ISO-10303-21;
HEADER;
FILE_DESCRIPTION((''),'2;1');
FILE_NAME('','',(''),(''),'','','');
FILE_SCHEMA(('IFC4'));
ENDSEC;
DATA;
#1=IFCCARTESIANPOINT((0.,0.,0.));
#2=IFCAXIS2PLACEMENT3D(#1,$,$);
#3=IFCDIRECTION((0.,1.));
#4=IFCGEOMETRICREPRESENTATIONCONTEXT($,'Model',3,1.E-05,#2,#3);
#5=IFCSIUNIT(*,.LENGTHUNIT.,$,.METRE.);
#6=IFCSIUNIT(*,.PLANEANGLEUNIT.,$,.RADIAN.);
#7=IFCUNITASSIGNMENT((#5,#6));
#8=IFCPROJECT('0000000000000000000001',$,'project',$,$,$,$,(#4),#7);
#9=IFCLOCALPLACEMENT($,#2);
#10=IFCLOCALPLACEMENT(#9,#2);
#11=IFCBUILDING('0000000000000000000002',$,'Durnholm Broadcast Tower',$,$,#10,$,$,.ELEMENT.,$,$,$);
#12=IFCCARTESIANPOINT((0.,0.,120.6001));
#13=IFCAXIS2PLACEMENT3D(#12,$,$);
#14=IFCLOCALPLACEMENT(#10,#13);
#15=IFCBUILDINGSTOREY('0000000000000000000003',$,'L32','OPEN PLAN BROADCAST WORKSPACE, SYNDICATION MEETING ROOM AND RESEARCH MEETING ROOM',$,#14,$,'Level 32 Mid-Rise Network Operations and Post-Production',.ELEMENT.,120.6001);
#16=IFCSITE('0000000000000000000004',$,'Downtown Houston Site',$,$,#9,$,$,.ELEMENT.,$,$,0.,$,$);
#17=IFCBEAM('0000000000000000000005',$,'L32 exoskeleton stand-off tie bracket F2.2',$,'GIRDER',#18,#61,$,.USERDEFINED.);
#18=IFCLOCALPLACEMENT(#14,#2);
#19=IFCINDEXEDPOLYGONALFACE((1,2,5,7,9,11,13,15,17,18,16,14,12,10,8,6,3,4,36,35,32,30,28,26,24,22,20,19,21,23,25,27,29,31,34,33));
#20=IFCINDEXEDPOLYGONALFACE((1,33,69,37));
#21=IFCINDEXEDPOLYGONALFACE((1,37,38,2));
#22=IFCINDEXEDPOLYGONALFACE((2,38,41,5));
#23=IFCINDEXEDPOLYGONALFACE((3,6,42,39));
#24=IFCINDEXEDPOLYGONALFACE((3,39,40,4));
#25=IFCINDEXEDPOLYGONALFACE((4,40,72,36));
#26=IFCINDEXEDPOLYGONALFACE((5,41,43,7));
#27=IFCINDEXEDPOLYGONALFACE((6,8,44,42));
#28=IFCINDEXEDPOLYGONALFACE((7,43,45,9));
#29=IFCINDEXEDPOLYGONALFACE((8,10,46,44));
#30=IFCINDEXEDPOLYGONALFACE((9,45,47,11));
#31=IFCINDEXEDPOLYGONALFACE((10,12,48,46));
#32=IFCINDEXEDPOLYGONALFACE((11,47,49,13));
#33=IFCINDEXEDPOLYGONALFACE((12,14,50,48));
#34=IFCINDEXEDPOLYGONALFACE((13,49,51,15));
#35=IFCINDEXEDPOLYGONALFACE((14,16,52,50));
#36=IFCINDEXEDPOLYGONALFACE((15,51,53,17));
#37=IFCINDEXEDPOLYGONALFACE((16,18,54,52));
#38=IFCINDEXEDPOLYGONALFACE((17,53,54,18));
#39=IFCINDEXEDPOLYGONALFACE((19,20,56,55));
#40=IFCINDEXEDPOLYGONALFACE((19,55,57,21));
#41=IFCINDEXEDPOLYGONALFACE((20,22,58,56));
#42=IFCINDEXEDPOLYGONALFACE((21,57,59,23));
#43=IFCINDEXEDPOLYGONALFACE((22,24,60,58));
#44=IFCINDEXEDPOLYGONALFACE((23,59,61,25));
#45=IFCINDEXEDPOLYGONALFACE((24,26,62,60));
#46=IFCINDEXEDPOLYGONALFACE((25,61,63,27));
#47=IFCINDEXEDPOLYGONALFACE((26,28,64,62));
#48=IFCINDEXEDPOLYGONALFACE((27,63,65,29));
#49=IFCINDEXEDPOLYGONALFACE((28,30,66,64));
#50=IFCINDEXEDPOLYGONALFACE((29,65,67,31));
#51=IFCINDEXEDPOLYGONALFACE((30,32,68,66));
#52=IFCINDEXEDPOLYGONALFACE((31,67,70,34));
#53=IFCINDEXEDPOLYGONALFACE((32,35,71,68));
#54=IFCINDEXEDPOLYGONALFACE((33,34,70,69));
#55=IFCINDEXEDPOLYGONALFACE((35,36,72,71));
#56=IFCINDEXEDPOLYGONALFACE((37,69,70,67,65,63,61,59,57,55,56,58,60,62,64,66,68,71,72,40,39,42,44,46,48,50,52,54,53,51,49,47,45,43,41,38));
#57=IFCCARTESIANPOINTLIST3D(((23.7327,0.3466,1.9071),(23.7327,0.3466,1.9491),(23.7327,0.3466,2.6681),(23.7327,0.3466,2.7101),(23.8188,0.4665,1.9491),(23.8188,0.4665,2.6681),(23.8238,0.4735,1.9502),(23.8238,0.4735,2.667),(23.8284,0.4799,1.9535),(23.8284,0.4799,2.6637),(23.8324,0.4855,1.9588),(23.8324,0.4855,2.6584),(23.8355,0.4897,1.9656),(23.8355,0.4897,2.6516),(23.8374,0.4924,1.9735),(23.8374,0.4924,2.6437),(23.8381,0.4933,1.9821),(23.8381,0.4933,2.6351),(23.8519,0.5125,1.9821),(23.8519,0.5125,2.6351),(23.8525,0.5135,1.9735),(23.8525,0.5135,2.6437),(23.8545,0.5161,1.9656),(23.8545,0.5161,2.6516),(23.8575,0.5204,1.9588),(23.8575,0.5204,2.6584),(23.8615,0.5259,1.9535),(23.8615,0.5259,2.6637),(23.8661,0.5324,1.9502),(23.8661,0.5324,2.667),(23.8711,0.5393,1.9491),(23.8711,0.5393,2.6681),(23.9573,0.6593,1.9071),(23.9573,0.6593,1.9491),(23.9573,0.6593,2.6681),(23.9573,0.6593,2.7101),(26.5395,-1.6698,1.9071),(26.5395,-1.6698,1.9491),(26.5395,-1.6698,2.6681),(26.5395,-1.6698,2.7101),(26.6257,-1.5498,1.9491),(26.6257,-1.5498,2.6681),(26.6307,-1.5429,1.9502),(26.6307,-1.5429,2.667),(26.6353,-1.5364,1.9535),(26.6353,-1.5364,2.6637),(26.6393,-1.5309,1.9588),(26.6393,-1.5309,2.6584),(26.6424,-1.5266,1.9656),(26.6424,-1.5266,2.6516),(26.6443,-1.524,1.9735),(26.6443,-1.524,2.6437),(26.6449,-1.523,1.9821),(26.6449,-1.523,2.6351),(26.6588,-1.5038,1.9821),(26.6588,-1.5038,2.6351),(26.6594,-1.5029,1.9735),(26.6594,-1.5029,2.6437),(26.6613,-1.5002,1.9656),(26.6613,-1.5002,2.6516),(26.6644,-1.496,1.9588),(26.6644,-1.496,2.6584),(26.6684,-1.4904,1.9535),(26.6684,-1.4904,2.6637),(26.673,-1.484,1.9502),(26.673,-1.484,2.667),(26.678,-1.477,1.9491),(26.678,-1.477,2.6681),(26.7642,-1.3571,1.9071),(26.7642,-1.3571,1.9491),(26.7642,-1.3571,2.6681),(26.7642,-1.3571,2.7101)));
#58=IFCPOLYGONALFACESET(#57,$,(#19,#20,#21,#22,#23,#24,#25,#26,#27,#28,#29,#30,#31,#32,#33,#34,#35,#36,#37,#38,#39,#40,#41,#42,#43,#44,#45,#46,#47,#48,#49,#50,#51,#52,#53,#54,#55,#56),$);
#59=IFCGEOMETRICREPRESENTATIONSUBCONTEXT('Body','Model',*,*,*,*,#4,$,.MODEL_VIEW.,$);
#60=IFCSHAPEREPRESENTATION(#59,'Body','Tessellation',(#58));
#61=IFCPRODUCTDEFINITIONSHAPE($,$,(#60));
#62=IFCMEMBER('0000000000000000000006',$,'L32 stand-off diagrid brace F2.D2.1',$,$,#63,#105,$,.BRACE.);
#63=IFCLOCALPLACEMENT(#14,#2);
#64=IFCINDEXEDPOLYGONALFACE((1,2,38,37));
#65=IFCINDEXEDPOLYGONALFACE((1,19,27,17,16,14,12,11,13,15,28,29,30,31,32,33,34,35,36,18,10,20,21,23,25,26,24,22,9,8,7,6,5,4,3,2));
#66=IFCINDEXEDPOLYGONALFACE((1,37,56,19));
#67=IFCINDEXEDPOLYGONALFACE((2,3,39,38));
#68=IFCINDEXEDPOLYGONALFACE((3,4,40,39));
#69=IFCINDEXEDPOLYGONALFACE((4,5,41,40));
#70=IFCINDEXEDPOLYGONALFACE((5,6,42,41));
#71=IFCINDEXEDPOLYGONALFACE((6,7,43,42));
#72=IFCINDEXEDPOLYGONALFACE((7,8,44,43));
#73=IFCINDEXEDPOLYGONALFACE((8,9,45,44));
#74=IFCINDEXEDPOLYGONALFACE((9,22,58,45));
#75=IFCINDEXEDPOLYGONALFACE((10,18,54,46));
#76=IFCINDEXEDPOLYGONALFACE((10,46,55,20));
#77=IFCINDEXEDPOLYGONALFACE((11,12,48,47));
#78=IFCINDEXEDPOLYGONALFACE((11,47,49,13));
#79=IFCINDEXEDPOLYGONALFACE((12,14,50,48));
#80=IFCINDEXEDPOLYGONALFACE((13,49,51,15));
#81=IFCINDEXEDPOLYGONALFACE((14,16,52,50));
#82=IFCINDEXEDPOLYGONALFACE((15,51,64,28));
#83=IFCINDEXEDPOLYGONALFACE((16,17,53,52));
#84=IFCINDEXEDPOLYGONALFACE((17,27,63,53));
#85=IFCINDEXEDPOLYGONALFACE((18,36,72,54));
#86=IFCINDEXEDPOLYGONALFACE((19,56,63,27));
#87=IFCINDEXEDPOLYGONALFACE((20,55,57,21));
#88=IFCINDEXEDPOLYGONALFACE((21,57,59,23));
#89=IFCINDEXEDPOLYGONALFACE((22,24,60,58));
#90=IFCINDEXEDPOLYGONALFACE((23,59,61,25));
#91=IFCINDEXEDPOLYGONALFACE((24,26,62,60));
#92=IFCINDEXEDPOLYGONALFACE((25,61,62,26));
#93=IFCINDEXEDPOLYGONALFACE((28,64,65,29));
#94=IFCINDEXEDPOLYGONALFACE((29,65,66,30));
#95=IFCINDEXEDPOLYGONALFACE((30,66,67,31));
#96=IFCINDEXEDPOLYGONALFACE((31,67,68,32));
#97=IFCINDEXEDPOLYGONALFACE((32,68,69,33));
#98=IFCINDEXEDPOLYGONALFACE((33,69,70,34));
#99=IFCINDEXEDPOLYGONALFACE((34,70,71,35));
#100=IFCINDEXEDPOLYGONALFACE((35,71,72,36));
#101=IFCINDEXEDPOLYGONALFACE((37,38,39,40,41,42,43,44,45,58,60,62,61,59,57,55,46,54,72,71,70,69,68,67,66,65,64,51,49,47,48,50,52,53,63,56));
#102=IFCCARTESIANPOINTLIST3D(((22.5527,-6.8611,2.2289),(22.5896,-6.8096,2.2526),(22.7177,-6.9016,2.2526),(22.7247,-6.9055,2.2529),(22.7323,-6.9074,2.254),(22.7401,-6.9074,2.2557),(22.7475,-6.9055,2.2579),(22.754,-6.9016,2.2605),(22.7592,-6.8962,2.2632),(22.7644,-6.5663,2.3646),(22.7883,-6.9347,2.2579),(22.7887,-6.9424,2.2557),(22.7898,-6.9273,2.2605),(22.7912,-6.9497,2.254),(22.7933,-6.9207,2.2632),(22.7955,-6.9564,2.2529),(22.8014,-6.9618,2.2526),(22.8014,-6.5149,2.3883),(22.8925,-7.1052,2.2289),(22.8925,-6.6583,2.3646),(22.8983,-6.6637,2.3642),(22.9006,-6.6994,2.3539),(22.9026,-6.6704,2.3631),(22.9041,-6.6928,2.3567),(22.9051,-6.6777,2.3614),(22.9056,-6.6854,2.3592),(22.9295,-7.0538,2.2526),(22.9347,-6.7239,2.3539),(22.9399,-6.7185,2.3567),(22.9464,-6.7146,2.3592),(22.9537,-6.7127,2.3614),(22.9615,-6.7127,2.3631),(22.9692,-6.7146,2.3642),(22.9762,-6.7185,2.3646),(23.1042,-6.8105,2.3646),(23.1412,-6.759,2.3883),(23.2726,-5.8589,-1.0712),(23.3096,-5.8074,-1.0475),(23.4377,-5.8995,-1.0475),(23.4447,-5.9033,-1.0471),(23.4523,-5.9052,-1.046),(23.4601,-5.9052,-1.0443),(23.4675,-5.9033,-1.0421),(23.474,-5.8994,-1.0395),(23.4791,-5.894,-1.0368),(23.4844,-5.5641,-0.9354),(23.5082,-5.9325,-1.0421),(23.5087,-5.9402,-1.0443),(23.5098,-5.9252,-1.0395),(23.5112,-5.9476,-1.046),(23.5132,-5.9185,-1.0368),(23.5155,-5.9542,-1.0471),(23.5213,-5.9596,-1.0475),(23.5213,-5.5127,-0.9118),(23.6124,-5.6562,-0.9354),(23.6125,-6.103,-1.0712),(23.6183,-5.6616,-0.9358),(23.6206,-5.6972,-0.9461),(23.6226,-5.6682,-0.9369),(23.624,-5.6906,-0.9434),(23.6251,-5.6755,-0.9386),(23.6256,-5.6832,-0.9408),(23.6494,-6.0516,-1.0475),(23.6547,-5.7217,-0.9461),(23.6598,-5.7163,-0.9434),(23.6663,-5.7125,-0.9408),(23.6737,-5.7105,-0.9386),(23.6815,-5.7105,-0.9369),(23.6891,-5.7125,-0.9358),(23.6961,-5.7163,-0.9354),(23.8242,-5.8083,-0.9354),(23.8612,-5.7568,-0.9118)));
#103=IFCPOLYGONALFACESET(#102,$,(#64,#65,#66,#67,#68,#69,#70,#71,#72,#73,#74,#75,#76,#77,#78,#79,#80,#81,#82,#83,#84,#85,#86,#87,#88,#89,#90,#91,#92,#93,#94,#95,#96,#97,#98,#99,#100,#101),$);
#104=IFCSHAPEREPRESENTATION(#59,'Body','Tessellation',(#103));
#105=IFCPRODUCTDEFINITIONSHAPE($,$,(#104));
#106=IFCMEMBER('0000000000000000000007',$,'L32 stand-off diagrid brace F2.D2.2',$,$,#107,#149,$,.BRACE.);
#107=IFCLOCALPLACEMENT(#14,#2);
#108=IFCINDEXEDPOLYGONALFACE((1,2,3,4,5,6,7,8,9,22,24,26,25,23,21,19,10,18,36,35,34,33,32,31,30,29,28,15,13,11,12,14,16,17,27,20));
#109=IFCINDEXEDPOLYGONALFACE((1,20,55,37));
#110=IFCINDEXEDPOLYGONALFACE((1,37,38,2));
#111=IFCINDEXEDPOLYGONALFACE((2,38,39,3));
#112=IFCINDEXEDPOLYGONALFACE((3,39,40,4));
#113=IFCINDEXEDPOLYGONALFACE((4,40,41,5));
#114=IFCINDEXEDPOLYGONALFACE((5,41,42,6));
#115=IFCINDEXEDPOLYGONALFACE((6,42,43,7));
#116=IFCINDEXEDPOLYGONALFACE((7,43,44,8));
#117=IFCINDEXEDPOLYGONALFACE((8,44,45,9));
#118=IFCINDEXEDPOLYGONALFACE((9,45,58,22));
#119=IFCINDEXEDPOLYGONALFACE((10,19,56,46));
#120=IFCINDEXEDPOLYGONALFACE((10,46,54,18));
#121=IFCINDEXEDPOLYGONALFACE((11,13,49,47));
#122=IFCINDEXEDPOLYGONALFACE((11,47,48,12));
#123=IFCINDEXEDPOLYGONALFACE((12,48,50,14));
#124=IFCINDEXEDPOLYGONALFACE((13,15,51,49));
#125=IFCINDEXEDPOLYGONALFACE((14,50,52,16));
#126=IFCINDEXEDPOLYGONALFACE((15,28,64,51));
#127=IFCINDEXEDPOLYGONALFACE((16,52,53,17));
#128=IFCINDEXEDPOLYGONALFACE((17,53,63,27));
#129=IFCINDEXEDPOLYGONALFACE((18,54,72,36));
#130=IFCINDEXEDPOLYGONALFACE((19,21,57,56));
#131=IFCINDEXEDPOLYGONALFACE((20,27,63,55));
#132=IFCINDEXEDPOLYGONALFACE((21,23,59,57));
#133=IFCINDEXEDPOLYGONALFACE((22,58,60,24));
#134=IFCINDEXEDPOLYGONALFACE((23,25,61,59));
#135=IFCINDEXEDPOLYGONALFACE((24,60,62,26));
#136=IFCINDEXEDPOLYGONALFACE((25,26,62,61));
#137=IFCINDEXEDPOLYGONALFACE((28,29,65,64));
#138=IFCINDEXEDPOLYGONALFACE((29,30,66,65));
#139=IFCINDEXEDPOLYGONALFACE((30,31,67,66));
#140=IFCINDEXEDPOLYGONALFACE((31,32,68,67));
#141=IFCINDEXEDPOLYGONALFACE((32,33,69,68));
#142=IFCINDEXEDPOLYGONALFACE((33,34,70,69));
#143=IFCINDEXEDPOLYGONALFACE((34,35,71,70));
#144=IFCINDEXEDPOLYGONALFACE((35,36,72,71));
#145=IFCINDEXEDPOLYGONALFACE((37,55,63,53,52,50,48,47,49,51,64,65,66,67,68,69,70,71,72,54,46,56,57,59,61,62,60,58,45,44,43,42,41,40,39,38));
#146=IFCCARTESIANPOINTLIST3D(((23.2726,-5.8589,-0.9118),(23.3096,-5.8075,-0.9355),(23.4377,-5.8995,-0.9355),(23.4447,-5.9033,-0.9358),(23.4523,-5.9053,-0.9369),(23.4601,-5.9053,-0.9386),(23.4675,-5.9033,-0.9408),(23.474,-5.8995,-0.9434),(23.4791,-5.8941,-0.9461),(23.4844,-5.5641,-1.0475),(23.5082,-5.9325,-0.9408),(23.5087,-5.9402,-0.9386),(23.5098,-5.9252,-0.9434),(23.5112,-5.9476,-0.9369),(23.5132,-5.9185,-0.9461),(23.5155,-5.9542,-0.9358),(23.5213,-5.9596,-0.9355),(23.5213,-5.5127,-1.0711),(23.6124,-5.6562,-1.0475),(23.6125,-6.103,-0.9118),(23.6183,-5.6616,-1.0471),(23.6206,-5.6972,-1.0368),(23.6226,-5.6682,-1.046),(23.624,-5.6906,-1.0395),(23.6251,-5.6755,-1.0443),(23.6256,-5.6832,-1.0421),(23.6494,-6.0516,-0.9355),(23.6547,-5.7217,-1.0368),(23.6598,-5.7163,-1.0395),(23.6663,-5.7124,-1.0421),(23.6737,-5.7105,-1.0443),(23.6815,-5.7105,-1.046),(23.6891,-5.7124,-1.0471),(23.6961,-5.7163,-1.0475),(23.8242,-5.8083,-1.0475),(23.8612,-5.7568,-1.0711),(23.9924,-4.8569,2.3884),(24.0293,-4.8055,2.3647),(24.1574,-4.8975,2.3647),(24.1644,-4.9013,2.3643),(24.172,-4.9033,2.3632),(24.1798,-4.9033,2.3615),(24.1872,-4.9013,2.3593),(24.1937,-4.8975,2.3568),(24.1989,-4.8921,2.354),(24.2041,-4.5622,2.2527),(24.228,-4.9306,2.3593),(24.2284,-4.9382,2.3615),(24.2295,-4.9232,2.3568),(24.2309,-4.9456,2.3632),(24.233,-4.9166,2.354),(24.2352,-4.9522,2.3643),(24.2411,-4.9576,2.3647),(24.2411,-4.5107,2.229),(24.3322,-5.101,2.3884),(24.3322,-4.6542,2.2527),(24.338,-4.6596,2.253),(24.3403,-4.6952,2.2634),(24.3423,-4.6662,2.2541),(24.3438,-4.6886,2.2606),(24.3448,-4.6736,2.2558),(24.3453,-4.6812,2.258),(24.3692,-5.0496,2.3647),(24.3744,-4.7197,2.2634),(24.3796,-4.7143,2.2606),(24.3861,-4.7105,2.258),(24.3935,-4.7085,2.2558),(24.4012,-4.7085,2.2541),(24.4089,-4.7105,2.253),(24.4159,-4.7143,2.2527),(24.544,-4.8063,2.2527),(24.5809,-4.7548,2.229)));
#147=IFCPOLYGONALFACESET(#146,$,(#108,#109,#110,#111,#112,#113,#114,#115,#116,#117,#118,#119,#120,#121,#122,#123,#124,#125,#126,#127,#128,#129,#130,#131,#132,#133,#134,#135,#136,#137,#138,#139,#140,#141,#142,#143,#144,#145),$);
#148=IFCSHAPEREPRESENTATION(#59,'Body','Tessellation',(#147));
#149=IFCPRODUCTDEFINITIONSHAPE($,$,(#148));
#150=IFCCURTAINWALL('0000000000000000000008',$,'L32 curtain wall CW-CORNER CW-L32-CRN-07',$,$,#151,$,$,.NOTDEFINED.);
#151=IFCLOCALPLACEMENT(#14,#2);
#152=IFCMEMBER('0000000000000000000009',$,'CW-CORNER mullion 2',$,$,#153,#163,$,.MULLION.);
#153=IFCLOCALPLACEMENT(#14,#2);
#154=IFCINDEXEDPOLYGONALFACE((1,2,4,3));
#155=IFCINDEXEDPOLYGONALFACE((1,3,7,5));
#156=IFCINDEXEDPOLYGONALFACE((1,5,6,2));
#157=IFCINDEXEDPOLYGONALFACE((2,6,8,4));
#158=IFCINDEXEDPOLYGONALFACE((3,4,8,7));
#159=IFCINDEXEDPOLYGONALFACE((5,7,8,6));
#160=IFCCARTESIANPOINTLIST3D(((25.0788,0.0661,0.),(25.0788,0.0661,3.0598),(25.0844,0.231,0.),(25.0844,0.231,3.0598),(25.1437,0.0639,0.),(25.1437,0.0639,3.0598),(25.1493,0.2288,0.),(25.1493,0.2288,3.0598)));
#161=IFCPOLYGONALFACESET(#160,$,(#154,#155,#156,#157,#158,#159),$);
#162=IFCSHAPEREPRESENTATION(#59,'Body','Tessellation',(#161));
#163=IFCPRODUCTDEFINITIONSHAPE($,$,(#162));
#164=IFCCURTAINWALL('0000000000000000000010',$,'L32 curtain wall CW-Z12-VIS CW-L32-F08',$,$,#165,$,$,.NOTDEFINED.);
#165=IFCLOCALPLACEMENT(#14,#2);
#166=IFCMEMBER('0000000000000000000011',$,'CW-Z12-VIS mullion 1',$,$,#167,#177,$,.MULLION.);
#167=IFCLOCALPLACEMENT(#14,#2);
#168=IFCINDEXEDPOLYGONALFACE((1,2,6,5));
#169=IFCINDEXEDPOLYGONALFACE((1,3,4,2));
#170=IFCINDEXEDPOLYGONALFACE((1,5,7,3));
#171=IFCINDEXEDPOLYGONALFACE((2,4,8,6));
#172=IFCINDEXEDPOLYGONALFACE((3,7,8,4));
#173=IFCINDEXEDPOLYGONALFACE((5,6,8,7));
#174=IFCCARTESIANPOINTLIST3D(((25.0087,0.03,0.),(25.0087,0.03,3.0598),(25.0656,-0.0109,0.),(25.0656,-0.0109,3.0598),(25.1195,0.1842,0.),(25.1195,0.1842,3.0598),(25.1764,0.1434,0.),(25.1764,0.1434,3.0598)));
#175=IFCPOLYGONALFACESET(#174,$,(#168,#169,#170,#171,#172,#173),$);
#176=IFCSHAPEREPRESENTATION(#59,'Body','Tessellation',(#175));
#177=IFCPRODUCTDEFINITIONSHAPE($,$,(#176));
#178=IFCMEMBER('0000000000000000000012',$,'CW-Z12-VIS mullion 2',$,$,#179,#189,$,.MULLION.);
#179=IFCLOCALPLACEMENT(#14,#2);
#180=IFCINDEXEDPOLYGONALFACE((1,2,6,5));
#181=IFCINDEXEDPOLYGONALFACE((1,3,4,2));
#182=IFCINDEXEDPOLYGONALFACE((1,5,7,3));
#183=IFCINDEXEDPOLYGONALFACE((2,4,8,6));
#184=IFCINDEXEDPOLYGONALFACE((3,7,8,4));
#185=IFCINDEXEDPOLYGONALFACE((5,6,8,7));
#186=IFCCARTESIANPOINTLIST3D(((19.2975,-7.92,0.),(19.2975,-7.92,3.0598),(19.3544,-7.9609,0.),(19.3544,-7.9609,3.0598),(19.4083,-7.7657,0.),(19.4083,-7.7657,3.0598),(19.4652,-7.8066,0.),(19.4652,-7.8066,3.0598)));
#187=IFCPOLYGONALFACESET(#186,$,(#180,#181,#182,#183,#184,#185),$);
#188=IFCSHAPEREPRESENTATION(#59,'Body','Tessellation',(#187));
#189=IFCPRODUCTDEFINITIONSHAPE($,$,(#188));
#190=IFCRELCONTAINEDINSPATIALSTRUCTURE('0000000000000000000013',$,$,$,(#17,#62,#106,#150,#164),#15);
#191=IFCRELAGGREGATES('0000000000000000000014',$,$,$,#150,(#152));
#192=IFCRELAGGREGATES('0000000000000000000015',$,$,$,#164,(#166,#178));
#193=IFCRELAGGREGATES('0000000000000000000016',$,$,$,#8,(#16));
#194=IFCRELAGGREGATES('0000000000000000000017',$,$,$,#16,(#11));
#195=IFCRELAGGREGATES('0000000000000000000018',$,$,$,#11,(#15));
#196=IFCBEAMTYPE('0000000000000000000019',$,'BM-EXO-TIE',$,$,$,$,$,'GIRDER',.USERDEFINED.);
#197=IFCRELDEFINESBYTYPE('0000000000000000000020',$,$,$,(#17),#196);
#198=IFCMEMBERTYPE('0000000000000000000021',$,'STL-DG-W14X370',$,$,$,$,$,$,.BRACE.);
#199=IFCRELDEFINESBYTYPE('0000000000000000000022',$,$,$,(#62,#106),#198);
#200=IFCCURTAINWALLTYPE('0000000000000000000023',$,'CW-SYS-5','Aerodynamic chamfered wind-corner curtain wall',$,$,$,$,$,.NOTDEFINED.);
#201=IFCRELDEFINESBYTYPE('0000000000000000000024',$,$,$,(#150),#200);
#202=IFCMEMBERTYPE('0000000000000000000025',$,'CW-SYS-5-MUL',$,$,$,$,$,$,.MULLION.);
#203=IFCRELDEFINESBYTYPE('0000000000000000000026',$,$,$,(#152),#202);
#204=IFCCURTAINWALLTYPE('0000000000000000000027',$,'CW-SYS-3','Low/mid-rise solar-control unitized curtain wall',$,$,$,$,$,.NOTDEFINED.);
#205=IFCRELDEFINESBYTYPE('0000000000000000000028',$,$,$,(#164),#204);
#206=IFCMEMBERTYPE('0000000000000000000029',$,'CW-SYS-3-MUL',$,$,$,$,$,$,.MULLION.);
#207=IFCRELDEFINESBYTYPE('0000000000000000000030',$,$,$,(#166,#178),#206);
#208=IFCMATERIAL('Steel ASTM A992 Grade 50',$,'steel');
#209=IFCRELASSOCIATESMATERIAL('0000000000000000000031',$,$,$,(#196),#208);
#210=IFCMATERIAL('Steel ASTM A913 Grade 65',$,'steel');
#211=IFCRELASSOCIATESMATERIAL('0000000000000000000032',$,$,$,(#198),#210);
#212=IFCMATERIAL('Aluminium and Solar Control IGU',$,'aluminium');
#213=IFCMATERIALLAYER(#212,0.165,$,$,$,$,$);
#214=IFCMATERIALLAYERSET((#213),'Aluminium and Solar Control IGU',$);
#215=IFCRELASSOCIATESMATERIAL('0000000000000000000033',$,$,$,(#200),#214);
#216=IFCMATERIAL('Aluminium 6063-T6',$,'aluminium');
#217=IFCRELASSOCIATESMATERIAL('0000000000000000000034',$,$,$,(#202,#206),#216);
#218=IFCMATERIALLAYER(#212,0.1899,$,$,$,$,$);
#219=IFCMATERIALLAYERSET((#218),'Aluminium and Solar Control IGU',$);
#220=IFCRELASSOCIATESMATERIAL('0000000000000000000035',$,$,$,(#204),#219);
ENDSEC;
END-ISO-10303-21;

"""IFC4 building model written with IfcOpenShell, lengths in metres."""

from ifc_helpers import new_model, si_unit, direction, frame, origin, origin_2d, place, context, subcontext, project, spatial, rectangle, i_section, extrude, source, transform, mapped, material, layer, layer_set, material_profile, profile_set, type_object, type_shapes, element, aggregate, save


model = new_model("IFC4")

# Units and contexts
model_context = context("Model", 3, precision=1e-05, world=origin(), true_north=direction((0.0, 1.0)))
body_context = subcontext(model_context, "Body", "Model", "MODEL_VIEW")
ifc_project = project(units=[si_unit("LENGTHUNIT", "METRE"), si_unit("PLANEANGLEUNIT", "RADIAN")], contexts=[model_context])

# Site, building, storey
site_placement = place(None, origin())
site = spatial("IfcSite", under=ifc_project, at=site_placement, Name="Downtown Houston Site", CompositionType="ELEMENT", RefElevation=0.0)
building_placement = place(site_placement, origin())
building = spatial("IfcBuilding", under=site, at=building_placement, Name="Durnholm Broadcast Tower", CompositionType="ELEMENT")
storey_placement = place(building_placement, frame((0.0, 0.0, 120.6001)))
storey = spatial("IfcBuildingStorey", under=building, at=storey_placement, Name="L32", Description="OPEN PLAN BROADCAST WORKSPACE, SYNDICATION MEETING ROOM AND RESEARCH MEETING ROOM", LongName="Level 32 Mid-Rise Network Operations and Post-Production", CompositionType="ELEMENT", Elevation=120.6001)

# Beam
ifc_material_1 = material(Name="Steel ASTM A992 Grade 50", Category="steel")
ifc_material_profile_1 = material_profile(ifc_material_1, i_section(OverallWidth=0.385, OverallDepth=0.803, WebThickness=0.0237, FlangeThickness=0.042, FilletRadius=0.033, at=origin_2d()), Name="W30X261")
ifc_profile_set_1 = profile_set([ifc_material_profile_1], Name="Steel ASTM A992 Grade 50")
beam_type = type_object("IfcBeamType", Name="BM-EXO-TIE", ElementType="GIRDER", PredefinedType="USERDEFINED", material=ifc_profile_set_1)
shared_shape_1 = source(origin(), body_context, "Body", "SweptSolid", [
    extrude(i_section(OverallWidth=0.385, OverallDepth=0.803, WebThickness=0.0237, FlangeThickness=0.042, FilletRadius=0.033, at=origin_2d()), origin(), (0.0, 0.0, 1.0), 3.4561),
])
type_shapes(beam_type, [shared_shape_1])
beam_placement = place(storey_placement, frame((23.845, 0.5029, 2.3086), z_axis=(0.812165, -0.583428, 0.0), x_axis=(0.583428, 0.812165, 0.0)))
element("IfcBeam", 1, at=beam_placement, inside=storey, type_object=beam_type, Name="L32 exoskeleton stand-off tie bracket F2.2", ObjectType="GIRDER", PredefinedType="USERDEFINED", context=body_context, shape_type="MappedRepresentation", body=[
    mapped(shared_shape_1, transform((0.0, 0.0, 0.0), x_axis=(1.0, 0.0, 0.0), y_axis=(0.0, 1.0, 0.0), z_axis=(0.0, 0.0, 1.0), scale=1.0)),
])

# Members
ifc_material_2 = material(Name="Steel ASTM A913 Grade 65", Category="steel")
ifc_material_profile_2 = material_profile(ifc_material_2, i_section(OverallWidth=0.4185, OverallDepth=0.4551, WebThickness=0.042, FlangeThickness=0.0676, FilletRadius=0.0305, at=origin_2d()), Name="W14X370")
ifc_profile_set_2 = profile_set([ifc_material_profile_2], Name="Steel ASTM A913 Grade 65")
member_type_1 = type_object("IfcMemberType", Name="STL-DG-W14X370", PredefinedType="BRACE", material=ifc_profile_set_2)
shared_shape_2 = source(origin(), body_context, "Body", "SweptSolid", [
    extrude(i_section(OverallWidth=0.4185, OverallDepth=0.4551, WebThickness=0.042, FlangeThickness=0.0676, FilletRadius=0.0305, at=origin_2d()), origin(), (0.0, 0.0, 1.0), 3.5232),
])
type_shapes(member_type_1, [shared_shape_2])
for number, where, z_axis, x_axis, name in (
    (2, (23.5669, -5.8079, -0.9915), (-0.20435, -0.284455, 0.936657), (0.812153, -0.583444, 0.0), "L32 stand-off diagrid brace F2.D2.1"),
    (3, (23.5669, -5.8079, -0.9915), (0.204288, 0.284395, 0.936689), (-0.812179, 0.583408, 0.0), "L32 stand-off diagrid brace F2.D2.2"),
):
    element("IfcMember", number, at=place(storey_placement, frame(where, z_axis=z_axis, x_axis=x_axis)), inside=storey, type_object=member_type_1, Name=name, PredefinedType="BRACE", context=body_context, shape_type="MappedRepresentation", body=[
        mapped(shared_shape_2, transform((0.0, 0.0, 0.0), x_axis=(1.0, 0.0, 0.0), y_axis=(0.0, 1.0, 0.0), z_axis=(0.0, 0.0, 1.0), scale=1.0)),
    ])

# Curtain wall, member
ifc_material_3 = material(Name="Aluminium and Solar Control IGU", Category="aluminium")
ifc_layer_1 = layer(ifc_material_3, 0.165)
ifc_layer_set_1 = layer_set([ifc_layer_1], Name="Aluminium and Solar Control IGU")
curtain_wall_type_1 = type_object("IfcCurtainWallType", Name="CW-SYS-5", Description="Aerodynamic chamfered wind-corner curtain wall", PredefinedType="NOTDEFINED", material=ifc_layer_set_1)
curtain_wall_1_placement = place(storey_placement, origin())
curtain_wall_1 = element("IfcCurtainWall", 4, at=curtain_wall_1_placement, inside=storey, type_object=curtain_wall_type_1, Name="L32 curtain wall CW-CORNER CW-L32-CRN-07", PredefinedType="NOTDEFINED")
ifc_material_4 = material(Name="Aluminium 6063-T6", Category="aluminium")
ifc_material_profile_3 = material_profile(ifc_material_4, rectangle(XDim=0.0649, YDim=0.165, at=origin_2d()), Name="CWM65X165")
ifc_profile_set_3 = profile_set([ifc_material_profile_3], Name="Aluminium 6063-T6")
member_type_2 = type_object("IfcMemberType", Name="CW-SYS-5-MUL", PredefinedType="MULLION", material=ifc_profile_set_3)
shared_shape_3 = source(origin(), body_context, "Body", "SweptSolid", [
    extrude(rectangle(XDim=0.0649, YDim=0.165, at=origin_2d()), origin(), (0.0, 0.0, 1.0), 3.0598),
])
type_shapes(member_type_2, [shared_shape_3])
member_1_placement = place(storey_placement, frame((25.114, 0.1475, 0.0), z_axis=(0.0, 0.0, 1.0), x_axis=(0.999425, -0.033917, 0.0)))
member_1 = element("IfcMember", 5, at=member_1_placement, type_object=member_type_2, Name="CW-CORNER mullion 2", PredefinedType="MULLION", context=body_context, shape_type="MappedRepresentation", body=[
    mapped(shared_shape_3, transform((0.0, 0.0, 0.0), x_axis=(1.0, 0.0, 0.0), y_axis=(0.0, 1.0, 0.0), z_axis=(0.0, 0.0, 1.0), scale=1.0)),
])
aggregate(curtain_wall_1, [member_1])

# Curtain wall, members
ifc_layer_2 = layer(ifc_material_3, 0.1899)
ifc_layer_set_2 = layer_set([ifc_layer_2], Name="Aluminium and Solar Control IGU")
curtain_wall_type_2 = type_object("IfcCurtainWallType", Name="CW-SYS-3", Description="Low/mid-rise solar-control unitized curtain wall", PredefinedType="NOTDEFINED", material=ifc_layer_set_2)
curtain_wall_2_placement = place(storey_placement, origin())
curtain_wall_2 = element("IfcCurtainWall", 6, at=curtain_wall_2_placement, inside=storey, type_object=curtain_wall_type_2, Name="L32 curtain wall CW-Z12-VIS CW-L32-F08", PredefinedType="NOTDEFINED")
ifc_material_profile_4 = material_profile(ifc_material_4, rectangle(XDim=0.0701, YDim=0.1899, at=origin_2d()), Name="CWM70X190")
ifc_profile_set_4 = profile_set([ifc_material_profile_4], Name="Aluminium 6063-T6")
member_type_3 = type_object("IfcMemberType", Name="CW-SYS-3-MUL", PredefinedType="MULLION", material=ifc_profile_set_4)
shared_shape_4 = source(origin(), body_context, "Body", "SweptSolid", [
    extrude(rectangle(XDim=0.0701, YDim=0.1899, at=origin_2d()), origin(), (0.0, 0.0, 1.0), 3.0598),
])
type_shapes(member_type_3, [shared_shape_4])
member_2_placement = place(storey_placement, frame((25.0925, 0.0867, 0.0), z_axis=(0.0, 0.0, 1.0), x_axis=(0.812152, -0.583445, 0.0)))
member_2 = element("IfcMember", 7, at=member_2_placement, type_object=member_type_3, Name="CW-Z12-VIS mullion 1", PredefinedType="MULLION", context=body_context, shape_type="MappedRepresentation", body=[
    mapped(shared_shape_4, transform((0.0, 0.0, 0.0), x_axis=(1.0, 0.0, 0.0), y_axis=(0.0, 1.0, 0.0), z_axis=(0.0, 0.0, 1.0), scale=1.0)),
])
member_3_placement = place(storey_placement, frame((19.3813, -7.8633, 0.0), z_axis=(0.0, 0.0, 1.0), x_axis=(0.812152, -0.583445, 0.0)))
member_3 = element("IfcMember", 8, at=member_3_placement, type_object=member_type_3, Name="CW-Z12-VIS mullion 2", PredefinedType="MULLION", context=body_context, shape_type="MappedRepresentation", body=[
    mapped(shared_shape_4, transform((0.0, 0.0, 0.0), x_axis=(1.0, 0.0, 0.0), y_axis=(0.0, 1.0, 0.0), z_axis=(0.0, 0.0, 1.0), scale=1.0)),
])
aggregate(curtain_wall_2, [member_2, member_3])

save(model, "model.ifc")
